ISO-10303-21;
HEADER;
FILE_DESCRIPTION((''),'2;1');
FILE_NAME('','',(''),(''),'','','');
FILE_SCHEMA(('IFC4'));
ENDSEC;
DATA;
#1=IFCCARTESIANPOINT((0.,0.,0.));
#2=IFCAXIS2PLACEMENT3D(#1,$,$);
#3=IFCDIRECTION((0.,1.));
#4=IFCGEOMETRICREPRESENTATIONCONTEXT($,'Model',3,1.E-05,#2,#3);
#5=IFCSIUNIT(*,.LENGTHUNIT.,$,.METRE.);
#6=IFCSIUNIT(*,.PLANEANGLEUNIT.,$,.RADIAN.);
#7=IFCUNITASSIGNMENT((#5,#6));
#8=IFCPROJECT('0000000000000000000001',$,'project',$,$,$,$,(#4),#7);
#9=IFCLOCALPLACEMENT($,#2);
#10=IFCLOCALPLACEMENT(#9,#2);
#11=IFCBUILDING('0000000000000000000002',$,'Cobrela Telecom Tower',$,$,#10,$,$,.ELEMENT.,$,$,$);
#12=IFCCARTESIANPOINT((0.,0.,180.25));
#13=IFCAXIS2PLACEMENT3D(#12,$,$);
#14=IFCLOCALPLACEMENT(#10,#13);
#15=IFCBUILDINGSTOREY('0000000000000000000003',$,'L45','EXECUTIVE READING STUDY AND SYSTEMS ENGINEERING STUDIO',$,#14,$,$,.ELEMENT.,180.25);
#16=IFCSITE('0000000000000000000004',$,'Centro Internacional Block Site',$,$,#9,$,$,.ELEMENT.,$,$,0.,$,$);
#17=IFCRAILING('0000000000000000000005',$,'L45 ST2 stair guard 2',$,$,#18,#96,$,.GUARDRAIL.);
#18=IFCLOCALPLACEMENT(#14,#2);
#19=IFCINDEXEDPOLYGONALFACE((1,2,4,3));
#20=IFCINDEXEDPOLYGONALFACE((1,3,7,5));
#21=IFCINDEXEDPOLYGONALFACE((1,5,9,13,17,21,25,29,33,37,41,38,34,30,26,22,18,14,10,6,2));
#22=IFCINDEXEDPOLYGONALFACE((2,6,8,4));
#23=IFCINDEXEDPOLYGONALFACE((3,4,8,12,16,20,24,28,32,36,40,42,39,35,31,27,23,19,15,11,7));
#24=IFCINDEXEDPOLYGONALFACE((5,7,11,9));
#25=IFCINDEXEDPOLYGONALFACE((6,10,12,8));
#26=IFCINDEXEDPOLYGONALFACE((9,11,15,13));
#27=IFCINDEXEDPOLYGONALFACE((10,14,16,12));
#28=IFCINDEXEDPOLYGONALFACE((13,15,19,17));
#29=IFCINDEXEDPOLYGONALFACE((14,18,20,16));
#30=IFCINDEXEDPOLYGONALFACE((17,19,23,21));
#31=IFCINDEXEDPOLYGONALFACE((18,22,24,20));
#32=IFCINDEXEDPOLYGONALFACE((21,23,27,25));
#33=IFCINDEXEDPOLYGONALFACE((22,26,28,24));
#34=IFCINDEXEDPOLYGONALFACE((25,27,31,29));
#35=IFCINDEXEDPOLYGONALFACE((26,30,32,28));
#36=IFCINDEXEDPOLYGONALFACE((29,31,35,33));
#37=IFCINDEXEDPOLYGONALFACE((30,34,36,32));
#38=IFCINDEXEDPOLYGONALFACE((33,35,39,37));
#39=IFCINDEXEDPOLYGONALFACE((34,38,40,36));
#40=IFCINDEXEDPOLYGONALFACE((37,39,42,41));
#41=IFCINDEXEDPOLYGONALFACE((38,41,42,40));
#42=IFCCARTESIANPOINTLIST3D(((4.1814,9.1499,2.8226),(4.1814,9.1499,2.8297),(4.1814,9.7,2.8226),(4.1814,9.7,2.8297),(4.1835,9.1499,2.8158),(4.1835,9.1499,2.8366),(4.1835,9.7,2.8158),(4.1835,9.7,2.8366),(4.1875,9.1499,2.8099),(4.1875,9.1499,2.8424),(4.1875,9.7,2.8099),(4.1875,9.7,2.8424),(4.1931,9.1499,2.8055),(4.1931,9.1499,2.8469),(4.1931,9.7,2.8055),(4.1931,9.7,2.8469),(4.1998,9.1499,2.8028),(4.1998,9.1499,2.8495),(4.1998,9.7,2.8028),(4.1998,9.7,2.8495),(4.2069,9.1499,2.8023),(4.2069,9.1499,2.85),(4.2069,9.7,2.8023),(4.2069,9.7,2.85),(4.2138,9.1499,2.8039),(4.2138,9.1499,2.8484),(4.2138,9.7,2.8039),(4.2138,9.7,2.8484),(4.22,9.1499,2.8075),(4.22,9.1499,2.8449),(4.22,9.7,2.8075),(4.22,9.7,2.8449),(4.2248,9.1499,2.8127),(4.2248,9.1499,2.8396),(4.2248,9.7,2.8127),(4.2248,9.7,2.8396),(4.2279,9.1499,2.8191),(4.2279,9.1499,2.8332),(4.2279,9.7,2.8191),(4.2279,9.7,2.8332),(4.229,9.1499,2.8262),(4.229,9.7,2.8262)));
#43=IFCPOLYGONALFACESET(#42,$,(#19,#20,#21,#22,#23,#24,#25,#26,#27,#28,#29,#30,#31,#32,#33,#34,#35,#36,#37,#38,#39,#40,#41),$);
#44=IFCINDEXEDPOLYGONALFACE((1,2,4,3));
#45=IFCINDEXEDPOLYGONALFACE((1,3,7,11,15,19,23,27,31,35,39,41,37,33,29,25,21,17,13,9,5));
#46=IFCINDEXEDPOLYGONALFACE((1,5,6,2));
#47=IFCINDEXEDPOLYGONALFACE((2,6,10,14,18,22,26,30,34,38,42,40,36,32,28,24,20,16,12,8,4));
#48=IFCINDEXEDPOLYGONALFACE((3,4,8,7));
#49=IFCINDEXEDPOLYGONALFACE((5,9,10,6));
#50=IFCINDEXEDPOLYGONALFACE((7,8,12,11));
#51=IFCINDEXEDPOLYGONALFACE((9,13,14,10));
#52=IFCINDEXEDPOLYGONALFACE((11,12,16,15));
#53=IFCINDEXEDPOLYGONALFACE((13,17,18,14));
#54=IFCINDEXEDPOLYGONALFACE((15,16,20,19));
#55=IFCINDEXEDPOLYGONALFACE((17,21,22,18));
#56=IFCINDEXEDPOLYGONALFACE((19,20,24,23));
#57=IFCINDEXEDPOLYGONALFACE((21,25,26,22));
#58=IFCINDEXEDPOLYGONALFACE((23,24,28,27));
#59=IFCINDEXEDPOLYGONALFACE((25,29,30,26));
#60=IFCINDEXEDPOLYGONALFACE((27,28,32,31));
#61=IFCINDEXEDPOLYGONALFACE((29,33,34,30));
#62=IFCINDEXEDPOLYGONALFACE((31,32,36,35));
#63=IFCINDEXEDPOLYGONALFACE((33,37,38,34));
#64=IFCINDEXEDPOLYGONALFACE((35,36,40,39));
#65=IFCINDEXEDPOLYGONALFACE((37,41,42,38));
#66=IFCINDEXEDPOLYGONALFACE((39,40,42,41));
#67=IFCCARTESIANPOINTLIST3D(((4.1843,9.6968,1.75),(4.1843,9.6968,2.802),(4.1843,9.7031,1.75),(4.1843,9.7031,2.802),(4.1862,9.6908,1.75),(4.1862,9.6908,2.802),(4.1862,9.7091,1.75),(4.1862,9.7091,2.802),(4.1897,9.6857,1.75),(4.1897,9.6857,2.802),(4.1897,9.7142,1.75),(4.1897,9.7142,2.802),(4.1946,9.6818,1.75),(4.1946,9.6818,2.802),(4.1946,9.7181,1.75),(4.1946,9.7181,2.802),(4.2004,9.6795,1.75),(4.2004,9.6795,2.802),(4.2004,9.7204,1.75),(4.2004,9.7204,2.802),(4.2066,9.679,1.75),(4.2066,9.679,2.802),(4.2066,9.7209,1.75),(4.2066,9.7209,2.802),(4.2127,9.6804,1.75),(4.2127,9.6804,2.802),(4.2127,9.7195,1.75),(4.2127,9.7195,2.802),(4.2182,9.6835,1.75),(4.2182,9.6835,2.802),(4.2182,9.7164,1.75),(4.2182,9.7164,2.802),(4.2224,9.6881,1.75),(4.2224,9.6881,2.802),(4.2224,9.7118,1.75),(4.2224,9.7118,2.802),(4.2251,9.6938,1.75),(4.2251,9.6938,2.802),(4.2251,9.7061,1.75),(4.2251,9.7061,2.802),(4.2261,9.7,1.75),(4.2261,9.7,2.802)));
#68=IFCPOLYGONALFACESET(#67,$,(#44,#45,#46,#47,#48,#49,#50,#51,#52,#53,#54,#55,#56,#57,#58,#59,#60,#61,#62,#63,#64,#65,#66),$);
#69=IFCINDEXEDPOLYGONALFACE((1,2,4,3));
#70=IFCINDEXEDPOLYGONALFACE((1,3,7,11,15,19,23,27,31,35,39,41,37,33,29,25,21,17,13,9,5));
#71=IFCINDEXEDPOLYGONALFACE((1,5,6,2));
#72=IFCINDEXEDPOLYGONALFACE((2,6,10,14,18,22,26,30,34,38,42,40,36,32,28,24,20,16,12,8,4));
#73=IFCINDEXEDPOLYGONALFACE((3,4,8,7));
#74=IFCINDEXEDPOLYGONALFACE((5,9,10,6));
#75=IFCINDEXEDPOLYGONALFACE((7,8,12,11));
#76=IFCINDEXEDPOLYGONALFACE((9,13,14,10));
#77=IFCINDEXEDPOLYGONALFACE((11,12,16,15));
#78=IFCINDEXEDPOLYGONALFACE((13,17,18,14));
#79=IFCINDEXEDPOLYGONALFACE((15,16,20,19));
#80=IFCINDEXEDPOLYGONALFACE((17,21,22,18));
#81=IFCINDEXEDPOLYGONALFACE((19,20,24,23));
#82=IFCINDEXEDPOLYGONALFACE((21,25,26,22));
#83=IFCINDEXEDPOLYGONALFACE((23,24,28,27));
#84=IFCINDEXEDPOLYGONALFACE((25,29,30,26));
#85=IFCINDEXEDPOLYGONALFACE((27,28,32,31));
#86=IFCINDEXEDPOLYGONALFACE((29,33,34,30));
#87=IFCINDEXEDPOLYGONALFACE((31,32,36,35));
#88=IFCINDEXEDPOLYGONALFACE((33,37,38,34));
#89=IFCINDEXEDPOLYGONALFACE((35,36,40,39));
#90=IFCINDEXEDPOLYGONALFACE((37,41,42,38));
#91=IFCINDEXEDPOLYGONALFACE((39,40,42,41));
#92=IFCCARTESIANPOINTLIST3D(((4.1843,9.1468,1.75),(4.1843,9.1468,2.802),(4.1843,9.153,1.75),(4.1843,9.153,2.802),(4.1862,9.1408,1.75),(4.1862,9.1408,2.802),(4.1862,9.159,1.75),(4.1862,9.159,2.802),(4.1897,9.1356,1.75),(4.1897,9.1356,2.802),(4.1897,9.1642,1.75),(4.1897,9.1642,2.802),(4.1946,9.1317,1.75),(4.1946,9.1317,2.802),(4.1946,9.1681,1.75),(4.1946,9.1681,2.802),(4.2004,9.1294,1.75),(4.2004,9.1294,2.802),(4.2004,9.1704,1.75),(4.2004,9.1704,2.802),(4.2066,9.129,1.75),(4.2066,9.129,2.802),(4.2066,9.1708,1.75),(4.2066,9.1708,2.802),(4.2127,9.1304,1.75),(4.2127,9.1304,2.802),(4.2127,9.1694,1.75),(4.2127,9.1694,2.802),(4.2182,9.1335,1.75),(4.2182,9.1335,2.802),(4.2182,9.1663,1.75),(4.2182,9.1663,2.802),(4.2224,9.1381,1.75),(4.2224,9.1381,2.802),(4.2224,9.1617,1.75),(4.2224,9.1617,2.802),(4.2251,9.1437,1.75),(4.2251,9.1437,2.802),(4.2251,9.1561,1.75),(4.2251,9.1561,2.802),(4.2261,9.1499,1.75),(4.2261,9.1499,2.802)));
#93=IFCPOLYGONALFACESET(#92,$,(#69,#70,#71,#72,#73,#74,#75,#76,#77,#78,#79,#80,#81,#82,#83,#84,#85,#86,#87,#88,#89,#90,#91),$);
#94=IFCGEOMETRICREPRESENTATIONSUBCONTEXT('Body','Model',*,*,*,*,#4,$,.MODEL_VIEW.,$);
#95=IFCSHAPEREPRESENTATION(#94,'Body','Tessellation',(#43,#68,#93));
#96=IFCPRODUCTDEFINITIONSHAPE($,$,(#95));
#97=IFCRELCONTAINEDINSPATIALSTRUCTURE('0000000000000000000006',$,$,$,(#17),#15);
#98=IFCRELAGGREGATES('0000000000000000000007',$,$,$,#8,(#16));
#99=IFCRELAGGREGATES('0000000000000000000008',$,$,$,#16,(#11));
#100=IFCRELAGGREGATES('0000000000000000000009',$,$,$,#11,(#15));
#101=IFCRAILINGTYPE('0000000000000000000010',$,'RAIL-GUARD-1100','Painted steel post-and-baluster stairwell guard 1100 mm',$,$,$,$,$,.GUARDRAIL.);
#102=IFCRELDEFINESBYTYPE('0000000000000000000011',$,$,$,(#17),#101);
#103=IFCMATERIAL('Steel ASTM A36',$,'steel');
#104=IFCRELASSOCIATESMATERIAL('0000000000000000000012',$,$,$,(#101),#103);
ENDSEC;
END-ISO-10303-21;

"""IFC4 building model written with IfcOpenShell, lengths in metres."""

from ifc_helpers import new_model, si_unit, direction, frame, origin, origin_2d, place, context, subcontext, project, spatial, circle, extrude, material, type_object, element, save


model = new_model("IFC4")

# Units and contexts
model_context = context("Model", 3, precision=1e-05, world=origin(), true_north=direction((0.0, 1.0)))
body_context = subcontext(model_context, "Body", "Model", "MODEL_VIEW")
ifc_project = project(units=[si_unit("LENGTHUNIT", "METRE"), si_unit("PLANEANGLEUNIT", "RADIAN")], contexts=[model_context])

# Site, building, storey
site_placement = place(None, origin())
site = spatial("IfcSite", under=ifc_project, at=site_placement, Name="Centro Internacional Block Site", CompositionType="ELEMENT", RefElevation=0.0)
building_placement = place(site_placement, origin())
building = spatial("IfcBuilding", under=site, at=building_placement, Name="Cobrela Telecom Tower", CompositionType="ELEMENT")
storey_placement = place(building_placement, frame((0.0, 0.0, 180.25)))
storey = spatial("IfcBuildingStorey", under=building, at=storey_placement, Name="L45", Description="EXECUTIVE READING STUDY AND SYSTEMS ENGINEERING STUDIO", CompositionType="ELEMENT", Elevation=180.25)

# Shared definitions
ifc_material_1 = material(Name="Steel ASTM A36", Category="steel")

# Railing
railing_type = type_object("IfcRailingType", Name="RAIL-GUARD-1100", Description="Painted steel post-and-baluster stairwell guard 1100 mm", PredefinedType="GUARDRAIL", material=ifc_material_1)
railing_1_placement = place(storey_placement, frame((4.2051, 9.7, 1.75)))
element("IfcRailing", 1, at=railing_1_placement, inside=storey, type_object=railing_type, Name="L45 ST2 stair guard 2", PredefinedType="GUARDRAIL", context=body_context, shape_type="SweptSolid", body=[
    extrude(circle(Radius=0.0239, at=origin_2d()), frame((0.0, 0.0, 1.0762), z_axis=(0.0, -1.0, 0.0), x_axis=(1.0, 0.0, 0.0)), (0.0, 0.0, 1.0), 0.55),
    extrude(circle(Radius=0.021, at=origin_2d()), origin(), (0.0, 0.0, 1.0), 1.052),
    extrude(circle(Radius=0.021, at=origin_2d()), frame((0.0, -0.55, 0.0)), (0.0, 0.0, 1.0), 1.052),
])

save(model, "model.ifc")
